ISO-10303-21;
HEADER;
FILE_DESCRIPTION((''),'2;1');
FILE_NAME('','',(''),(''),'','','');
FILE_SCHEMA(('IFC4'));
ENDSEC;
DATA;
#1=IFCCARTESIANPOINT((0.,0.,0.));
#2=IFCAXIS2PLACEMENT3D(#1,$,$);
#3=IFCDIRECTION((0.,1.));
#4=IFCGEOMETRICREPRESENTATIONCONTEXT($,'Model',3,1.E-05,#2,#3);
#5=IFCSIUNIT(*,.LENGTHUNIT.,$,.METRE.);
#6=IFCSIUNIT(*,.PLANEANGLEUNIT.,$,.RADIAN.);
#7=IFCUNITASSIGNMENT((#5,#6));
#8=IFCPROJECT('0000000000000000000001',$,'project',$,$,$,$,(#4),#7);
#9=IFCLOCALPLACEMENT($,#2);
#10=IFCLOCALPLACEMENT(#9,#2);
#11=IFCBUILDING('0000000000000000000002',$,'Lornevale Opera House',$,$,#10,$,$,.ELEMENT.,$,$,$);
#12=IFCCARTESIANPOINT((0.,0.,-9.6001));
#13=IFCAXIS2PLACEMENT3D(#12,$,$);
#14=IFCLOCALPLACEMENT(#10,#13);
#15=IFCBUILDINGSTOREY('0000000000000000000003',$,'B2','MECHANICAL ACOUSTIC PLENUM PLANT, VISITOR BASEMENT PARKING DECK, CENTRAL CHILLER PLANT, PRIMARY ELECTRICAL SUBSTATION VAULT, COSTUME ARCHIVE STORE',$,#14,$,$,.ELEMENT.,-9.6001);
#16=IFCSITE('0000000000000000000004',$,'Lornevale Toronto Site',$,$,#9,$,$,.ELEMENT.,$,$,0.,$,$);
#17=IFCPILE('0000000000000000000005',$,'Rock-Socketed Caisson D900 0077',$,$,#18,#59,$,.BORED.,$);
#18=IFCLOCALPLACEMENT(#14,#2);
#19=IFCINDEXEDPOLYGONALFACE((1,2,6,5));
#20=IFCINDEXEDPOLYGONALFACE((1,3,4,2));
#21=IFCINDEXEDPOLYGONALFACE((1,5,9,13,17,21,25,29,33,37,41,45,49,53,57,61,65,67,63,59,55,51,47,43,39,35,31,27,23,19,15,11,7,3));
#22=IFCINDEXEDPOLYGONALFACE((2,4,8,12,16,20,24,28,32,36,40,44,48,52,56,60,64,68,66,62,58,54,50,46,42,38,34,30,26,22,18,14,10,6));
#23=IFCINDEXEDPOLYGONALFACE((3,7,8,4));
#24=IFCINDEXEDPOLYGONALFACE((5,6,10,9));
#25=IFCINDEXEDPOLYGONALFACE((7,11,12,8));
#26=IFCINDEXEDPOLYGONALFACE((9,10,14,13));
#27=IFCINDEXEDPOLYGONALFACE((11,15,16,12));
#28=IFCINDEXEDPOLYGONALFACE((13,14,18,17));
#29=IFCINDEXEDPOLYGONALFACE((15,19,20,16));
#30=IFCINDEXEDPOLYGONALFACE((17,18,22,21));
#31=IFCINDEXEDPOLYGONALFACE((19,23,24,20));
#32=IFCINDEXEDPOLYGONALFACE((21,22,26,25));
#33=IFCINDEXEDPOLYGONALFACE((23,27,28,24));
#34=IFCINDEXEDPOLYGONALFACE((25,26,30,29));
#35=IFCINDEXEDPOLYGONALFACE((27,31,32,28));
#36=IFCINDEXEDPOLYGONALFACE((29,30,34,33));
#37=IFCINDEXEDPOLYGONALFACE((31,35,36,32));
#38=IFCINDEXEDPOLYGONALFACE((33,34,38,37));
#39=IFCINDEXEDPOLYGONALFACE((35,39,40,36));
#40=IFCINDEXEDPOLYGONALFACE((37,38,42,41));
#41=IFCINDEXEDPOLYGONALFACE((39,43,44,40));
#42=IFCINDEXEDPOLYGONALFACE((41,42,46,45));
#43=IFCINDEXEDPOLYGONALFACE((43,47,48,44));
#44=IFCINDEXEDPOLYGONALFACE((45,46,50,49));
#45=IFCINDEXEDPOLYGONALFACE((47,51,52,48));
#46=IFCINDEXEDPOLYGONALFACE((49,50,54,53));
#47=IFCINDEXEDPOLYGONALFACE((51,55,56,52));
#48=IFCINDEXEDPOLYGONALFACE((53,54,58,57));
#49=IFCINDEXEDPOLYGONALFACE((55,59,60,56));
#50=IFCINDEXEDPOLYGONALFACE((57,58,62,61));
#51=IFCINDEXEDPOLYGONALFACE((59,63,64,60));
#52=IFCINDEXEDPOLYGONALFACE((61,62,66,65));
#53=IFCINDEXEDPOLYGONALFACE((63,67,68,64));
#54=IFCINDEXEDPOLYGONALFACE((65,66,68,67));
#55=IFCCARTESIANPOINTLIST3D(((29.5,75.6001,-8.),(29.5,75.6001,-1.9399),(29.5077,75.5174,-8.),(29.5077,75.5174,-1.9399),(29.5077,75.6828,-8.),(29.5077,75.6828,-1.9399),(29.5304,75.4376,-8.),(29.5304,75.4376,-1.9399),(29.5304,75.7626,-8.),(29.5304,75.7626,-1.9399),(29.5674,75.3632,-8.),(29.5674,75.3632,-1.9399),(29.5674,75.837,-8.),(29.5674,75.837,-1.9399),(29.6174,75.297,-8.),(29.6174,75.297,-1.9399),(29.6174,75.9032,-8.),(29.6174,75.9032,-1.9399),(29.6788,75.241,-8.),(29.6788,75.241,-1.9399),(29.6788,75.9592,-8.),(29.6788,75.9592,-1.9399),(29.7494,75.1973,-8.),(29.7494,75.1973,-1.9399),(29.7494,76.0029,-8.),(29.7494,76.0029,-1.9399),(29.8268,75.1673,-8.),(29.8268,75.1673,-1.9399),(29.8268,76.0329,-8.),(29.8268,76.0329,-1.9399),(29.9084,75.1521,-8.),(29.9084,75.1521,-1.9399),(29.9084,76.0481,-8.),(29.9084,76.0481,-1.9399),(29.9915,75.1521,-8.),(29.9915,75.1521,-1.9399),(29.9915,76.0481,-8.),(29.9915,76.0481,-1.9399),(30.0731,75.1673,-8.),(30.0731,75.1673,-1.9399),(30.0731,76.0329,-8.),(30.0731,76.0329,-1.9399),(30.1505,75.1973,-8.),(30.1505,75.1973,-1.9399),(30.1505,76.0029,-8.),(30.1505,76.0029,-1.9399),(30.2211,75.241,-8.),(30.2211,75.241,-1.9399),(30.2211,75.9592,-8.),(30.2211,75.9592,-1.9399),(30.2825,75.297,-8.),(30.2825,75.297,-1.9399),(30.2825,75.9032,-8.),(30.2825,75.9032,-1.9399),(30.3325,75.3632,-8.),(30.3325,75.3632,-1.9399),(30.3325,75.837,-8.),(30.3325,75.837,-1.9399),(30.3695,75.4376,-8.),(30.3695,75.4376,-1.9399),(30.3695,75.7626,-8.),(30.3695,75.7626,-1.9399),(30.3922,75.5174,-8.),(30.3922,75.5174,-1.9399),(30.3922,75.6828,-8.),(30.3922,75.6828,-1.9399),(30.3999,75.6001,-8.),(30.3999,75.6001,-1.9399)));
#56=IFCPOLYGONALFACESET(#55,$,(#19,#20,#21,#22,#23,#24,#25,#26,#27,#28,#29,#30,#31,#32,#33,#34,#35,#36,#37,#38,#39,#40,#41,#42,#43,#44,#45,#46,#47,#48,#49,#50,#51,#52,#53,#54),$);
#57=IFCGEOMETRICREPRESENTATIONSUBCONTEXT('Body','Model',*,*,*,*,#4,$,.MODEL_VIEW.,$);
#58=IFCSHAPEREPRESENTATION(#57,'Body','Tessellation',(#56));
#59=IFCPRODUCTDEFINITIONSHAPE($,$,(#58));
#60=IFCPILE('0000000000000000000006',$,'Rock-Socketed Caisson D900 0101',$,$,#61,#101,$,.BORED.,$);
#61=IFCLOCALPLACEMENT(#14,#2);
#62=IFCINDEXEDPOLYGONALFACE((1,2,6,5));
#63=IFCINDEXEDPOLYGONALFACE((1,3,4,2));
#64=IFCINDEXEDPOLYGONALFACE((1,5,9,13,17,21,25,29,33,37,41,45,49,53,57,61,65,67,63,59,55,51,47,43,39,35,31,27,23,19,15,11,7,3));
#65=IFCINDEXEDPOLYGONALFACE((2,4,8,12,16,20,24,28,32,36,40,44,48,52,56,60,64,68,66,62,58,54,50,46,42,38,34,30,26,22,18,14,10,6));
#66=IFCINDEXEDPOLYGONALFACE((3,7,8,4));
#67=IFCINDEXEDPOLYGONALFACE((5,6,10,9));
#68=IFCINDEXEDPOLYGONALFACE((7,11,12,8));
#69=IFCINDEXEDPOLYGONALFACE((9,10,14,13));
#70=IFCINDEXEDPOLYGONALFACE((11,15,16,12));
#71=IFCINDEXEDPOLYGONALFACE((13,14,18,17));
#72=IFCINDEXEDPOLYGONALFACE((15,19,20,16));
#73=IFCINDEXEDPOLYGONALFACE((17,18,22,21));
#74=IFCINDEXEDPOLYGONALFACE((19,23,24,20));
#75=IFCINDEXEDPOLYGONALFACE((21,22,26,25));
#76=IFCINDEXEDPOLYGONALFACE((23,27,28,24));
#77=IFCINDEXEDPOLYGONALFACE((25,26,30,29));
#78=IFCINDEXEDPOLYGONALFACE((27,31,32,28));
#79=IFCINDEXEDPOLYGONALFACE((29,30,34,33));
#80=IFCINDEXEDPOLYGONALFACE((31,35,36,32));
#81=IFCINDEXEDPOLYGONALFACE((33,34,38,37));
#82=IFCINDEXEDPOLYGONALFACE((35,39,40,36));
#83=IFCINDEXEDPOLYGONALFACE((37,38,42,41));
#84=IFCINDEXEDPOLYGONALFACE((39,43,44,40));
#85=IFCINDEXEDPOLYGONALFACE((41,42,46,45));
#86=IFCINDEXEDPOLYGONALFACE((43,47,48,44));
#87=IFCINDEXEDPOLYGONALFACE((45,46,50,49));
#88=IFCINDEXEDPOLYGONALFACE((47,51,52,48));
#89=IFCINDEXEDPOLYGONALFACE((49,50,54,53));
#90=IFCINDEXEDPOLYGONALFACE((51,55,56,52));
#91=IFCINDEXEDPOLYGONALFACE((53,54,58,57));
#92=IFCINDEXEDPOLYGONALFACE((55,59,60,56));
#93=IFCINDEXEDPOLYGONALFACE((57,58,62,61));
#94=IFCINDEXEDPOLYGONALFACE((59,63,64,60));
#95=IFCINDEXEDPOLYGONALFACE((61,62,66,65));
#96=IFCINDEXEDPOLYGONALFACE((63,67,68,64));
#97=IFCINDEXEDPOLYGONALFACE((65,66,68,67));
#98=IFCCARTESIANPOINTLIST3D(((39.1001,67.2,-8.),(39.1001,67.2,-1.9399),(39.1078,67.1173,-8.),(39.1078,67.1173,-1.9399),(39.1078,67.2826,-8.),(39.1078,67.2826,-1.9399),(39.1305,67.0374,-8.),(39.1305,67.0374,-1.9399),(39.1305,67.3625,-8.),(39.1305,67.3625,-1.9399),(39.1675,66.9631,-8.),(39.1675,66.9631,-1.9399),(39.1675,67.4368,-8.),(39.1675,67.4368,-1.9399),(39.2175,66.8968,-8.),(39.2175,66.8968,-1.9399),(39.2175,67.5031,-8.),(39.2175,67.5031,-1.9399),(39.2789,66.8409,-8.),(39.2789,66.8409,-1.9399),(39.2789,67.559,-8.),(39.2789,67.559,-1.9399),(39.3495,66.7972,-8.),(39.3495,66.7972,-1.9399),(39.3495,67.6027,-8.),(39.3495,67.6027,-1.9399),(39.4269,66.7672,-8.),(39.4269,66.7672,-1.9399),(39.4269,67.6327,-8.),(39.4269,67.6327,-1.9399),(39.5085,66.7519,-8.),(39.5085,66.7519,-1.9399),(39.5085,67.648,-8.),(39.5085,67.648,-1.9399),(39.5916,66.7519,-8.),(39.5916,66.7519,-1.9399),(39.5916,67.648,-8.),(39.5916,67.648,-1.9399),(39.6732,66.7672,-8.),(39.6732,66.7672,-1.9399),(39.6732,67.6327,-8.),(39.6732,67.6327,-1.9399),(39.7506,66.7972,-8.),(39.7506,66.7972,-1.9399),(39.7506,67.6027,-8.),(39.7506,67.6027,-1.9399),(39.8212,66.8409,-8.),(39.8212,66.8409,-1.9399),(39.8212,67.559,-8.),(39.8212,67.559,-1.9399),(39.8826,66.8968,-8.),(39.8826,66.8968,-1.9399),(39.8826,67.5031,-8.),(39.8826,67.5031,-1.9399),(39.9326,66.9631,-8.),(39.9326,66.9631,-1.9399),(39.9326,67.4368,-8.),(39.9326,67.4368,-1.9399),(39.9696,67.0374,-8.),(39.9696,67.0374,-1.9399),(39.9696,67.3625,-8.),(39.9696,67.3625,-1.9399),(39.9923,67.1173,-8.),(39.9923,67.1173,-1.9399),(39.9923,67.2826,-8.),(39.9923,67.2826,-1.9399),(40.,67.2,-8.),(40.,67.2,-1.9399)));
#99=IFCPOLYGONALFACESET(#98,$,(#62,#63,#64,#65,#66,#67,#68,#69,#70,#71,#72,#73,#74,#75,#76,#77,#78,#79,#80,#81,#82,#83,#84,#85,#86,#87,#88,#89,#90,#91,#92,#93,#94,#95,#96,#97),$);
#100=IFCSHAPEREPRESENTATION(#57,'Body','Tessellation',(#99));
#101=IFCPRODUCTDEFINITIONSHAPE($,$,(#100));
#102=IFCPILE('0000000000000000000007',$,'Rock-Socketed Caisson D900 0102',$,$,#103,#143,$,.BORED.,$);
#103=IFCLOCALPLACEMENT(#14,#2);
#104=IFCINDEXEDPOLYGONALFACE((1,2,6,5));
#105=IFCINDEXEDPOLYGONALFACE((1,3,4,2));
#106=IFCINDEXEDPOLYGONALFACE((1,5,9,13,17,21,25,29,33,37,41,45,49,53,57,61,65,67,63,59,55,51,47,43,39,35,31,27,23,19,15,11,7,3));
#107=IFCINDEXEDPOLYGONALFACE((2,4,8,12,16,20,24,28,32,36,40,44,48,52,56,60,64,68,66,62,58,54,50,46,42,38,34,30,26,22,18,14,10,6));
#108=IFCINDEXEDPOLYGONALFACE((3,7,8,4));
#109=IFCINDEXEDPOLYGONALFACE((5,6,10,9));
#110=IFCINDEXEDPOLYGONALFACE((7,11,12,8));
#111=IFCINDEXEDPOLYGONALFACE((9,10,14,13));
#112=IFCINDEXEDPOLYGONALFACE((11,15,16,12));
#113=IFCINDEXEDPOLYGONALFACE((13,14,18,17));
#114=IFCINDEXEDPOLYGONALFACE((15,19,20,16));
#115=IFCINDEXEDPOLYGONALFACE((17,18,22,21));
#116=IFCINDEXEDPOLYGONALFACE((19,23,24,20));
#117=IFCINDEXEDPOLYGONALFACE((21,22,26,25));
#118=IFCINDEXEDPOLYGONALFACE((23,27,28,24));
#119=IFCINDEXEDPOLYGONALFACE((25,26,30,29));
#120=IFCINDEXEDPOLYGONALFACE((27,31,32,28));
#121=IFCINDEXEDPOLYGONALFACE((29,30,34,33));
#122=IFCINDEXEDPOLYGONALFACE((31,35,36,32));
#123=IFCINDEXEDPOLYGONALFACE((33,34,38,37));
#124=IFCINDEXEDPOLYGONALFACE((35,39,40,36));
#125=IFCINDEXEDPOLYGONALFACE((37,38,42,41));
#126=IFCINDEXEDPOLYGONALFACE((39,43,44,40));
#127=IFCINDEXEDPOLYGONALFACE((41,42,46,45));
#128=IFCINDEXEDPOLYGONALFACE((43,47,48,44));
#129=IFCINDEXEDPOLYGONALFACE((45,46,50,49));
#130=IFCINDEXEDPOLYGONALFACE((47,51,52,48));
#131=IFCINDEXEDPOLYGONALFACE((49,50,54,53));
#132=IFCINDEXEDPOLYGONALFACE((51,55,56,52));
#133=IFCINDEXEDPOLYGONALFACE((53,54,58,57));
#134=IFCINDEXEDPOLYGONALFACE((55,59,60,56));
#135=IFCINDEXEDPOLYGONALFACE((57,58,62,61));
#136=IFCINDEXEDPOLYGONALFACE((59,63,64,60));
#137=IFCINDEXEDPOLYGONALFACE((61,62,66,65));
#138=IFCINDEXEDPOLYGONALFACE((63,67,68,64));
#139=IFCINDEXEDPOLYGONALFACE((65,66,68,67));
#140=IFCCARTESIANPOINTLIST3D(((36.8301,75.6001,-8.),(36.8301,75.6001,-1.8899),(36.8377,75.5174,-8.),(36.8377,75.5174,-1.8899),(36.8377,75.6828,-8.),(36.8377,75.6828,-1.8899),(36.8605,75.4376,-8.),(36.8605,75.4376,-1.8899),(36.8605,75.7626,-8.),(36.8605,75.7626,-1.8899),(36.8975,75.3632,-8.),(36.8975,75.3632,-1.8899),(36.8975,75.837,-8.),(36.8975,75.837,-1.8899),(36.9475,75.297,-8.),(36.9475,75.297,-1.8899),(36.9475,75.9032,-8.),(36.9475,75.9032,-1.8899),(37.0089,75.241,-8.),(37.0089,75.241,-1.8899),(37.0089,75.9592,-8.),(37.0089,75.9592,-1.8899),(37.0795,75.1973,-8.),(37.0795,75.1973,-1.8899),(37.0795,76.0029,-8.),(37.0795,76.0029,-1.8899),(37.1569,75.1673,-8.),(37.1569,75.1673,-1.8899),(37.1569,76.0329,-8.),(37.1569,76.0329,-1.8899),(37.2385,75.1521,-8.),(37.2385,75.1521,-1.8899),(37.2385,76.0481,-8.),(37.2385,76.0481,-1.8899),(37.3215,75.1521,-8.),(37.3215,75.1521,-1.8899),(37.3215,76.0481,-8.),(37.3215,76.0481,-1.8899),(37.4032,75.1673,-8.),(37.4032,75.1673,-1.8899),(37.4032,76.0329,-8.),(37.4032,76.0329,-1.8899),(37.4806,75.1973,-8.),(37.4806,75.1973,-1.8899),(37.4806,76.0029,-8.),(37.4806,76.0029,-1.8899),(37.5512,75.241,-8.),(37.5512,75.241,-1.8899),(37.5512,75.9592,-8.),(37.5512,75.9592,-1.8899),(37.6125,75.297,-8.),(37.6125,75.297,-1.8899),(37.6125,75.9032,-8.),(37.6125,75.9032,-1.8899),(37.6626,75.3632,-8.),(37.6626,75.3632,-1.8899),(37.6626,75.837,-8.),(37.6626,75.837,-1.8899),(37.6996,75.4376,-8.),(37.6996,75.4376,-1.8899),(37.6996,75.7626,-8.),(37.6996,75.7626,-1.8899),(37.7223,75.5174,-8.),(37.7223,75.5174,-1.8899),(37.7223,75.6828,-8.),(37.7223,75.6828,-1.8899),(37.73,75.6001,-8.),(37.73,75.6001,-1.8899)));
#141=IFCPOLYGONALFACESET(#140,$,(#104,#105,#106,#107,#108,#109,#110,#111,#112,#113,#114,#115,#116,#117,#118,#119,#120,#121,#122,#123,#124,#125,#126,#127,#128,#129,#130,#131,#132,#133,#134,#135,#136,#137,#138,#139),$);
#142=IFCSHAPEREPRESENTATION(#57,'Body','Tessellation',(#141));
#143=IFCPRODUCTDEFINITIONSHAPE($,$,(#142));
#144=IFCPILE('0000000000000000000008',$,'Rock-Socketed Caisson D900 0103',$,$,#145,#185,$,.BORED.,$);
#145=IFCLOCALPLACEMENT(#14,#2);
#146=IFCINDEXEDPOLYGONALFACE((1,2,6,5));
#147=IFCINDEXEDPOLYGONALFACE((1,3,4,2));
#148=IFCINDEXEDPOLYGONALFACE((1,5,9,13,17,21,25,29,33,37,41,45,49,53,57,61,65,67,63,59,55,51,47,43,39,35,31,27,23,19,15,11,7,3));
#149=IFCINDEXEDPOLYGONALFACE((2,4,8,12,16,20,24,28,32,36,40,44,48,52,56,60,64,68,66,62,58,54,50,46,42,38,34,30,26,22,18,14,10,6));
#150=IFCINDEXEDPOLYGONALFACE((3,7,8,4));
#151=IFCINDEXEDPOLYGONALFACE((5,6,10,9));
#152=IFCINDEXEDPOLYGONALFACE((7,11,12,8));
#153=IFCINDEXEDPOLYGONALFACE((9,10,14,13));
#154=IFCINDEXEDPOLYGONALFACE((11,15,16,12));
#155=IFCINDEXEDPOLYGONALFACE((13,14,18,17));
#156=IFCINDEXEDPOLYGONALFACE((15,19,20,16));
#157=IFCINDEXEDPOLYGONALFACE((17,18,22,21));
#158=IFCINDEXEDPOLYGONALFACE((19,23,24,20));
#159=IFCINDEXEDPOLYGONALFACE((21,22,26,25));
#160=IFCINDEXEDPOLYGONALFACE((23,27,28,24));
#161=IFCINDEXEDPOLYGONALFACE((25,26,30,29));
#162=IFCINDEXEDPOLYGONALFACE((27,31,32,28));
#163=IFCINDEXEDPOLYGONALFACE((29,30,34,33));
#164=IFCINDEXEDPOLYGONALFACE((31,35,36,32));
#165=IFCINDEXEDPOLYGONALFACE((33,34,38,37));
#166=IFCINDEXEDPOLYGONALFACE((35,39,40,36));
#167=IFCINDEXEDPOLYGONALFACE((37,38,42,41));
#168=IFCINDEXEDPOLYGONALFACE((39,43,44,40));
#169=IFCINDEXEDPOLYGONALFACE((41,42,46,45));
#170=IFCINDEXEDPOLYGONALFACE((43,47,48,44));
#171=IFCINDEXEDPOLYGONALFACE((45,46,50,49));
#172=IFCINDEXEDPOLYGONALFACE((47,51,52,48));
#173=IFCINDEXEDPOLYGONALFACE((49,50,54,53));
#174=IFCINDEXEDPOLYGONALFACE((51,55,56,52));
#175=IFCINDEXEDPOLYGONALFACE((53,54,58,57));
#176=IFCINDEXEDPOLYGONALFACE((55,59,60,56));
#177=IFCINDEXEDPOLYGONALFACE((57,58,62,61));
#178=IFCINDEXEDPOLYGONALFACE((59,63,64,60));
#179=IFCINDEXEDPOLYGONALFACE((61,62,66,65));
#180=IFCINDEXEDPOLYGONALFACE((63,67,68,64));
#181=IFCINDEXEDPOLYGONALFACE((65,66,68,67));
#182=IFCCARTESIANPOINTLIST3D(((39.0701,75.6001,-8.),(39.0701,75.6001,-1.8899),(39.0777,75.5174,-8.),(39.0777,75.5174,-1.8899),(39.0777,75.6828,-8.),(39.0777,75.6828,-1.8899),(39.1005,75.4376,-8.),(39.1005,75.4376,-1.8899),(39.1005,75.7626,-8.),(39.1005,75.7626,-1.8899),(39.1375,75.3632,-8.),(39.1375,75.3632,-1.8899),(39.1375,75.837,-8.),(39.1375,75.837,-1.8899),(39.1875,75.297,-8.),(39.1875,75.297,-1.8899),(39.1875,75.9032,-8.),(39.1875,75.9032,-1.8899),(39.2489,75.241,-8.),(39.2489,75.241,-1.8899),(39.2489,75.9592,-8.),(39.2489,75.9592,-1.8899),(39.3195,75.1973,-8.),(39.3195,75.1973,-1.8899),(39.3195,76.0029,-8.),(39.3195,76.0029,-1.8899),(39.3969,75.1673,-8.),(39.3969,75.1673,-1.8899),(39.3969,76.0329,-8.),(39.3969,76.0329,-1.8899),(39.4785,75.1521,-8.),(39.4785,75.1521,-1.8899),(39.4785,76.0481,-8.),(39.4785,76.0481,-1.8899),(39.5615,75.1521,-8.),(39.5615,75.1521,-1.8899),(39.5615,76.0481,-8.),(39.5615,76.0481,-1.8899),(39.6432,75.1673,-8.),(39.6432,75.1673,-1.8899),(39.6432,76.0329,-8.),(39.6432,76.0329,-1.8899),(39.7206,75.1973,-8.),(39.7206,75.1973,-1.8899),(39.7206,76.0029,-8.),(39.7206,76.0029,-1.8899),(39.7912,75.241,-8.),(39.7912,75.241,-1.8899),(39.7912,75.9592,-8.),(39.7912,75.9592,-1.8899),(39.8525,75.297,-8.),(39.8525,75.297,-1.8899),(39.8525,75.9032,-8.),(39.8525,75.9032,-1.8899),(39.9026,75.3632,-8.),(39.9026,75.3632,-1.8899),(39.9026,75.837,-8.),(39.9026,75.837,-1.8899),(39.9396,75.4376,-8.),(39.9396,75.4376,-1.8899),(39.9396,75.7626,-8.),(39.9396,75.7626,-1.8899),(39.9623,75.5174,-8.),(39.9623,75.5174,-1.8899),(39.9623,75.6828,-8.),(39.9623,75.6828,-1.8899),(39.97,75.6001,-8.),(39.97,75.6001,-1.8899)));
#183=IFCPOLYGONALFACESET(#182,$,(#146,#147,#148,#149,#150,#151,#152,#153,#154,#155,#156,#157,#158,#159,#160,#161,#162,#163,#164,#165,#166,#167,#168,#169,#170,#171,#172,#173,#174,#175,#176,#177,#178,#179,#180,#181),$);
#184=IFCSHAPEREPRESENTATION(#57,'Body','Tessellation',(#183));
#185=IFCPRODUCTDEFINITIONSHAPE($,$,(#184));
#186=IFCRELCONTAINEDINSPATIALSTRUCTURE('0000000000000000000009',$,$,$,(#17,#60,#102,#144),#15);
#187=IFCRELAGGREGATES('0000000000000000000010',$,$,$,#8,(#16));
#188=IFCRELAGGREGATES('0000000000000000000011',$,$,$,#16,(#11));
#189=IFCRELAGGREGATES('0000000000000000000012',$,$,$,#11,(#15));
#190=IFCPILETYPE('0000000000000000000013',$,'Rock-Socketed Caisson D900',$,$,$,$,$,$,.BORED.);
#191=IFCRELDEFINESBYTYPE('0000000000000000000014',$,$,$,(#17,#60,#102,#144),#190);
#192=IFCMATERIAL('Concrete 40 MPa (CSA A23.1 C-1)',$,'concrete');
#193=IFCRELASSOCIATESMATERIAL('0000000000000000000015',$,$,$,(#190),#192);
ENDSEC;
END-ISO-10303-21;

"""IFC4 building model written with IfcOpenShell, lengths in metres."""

from ifc_helpers import new_model, si_unit, direction, frame, origin, origin_2d, place, context, subcontext, project, spatial, circle, extrude, material, material_profile, profile_set, type_object, element, save


model = new_model("IFC4")

# Units and contexts
model_context = context("Model", 3, precision=1e-05, world=origin(), true_north=direction((0.0, 1.0)))
body_context = subcontext(model_context, "Body", "Model", "MODEL_VIEW")
ifc_project = project(units=[si_unit("LENGTHUNIT", "METRE"), si_unit("PLANEANGLEUNIT", "RADIAN")], contexts=[model_context])

# Site, building, storey
site_placement = place(None, origin())
site = spatial("IfcSite", under=ifc_project, at=site_placement, Name="Lornevale Toronto Site", CompositionType="ELEMENT", RefElevation=0.0)
building_placement = place(site_placement, origin())
building = spatial("IfcBuilding", under=site, at=building_placement, Name="Lornevale Opera House", CompositionType="ELEMENT")
storey_placement = place(building_placement, frame((0.0, 0.0, -9.6001)))
storey = spatial("IfcBuildingStorey", under=building, at=storey_placement, Name="B2", Description="MECHANICAL ACOUSTIC PLENUM PLANT, VISITOR BASEMENT PARKING DECK, CENTRAL CHILLER PLANT, PRIMARY ELECTRICAL SUBSTATION VAULT, COSTUME ARCHIVE STORE", CompositionType="ELEMENT", Elevation=-9.6001)

# Piles
ifc_material_1 = material(Name="Concrete 40 MPa (CSA A23.1 C-1)", Category="concrete")
ifc_material_profile_1 = material_profile(ifc_material_1, circle(Radius=0.45, at=origin_2d()), Name="CAIS900")
ifc_profile_set_1 = profile_set([ifc_material_profile_1], Name="Concrete 40 MPa (CSA A23.1 C-1)")
pile_type_1 = type_object("IfcPileType", Name="Rock-Socketed Caisson D900", PredefinedType="BORED", material=ifc_profile_set_1)
for number, where, z_axis, x_axis, name in (
    (1, (29.95, 75.6001, -1.9399), (0.0, 0.0, -1.0), (1.0, 0.0, 0.0), "Rock-Socketed Caisson D900 0077"),
    (2, (39.55, 67.2, -1.9399), (0.0, 0.0, -1.0), (1.0, 0.0, 0.0), "Rock-Socketed Caisson D900 0101"),
):
    element("IfcPile", number, at=place(storey_placement, frame(where, z_axis=z_axis, x_axis=x_axis)), inside=storey, type_object=pile_type_1, Name=name, PredefinedType="BORED", context=body_context, shape_type="SweptSolid", body=[
        extrude(circle(Radius=0.45, at=origin_2d()), origin(), (0.0, 0.0, 1.0), 6.0601),
    ])
for number, where, z_axis, x_axis, name in (
    (3, (37.28, 75.6001, -1.8899), (0.0, 0.0, -1.0), (1.0, 0.0, 0.0), "Rock-Socketed Caisson D900 0102"),
    (4, (39.52, 75.6001, -1.8899), (0.0, 0.0, -1.0), (1.0, 0.0, 0.0), "Rock-Socketed Caisson D900 0103"),
):
    element("IfcPile", number, at=place(storey_placement, frame(where, z_axis=z_axis, x_axis=x_axis)), inside=storey, type_object=pile_type_1, Name=name, PredefinedType="BORED", context=body_context, shape_type="SweptSolid", body=[
        extrude(circle(Radius=0.45, at=origin_2d()), origin(), (0.0, 0.0, 1.0), 6.1101),
    ])

save(model, "model.ifc")
